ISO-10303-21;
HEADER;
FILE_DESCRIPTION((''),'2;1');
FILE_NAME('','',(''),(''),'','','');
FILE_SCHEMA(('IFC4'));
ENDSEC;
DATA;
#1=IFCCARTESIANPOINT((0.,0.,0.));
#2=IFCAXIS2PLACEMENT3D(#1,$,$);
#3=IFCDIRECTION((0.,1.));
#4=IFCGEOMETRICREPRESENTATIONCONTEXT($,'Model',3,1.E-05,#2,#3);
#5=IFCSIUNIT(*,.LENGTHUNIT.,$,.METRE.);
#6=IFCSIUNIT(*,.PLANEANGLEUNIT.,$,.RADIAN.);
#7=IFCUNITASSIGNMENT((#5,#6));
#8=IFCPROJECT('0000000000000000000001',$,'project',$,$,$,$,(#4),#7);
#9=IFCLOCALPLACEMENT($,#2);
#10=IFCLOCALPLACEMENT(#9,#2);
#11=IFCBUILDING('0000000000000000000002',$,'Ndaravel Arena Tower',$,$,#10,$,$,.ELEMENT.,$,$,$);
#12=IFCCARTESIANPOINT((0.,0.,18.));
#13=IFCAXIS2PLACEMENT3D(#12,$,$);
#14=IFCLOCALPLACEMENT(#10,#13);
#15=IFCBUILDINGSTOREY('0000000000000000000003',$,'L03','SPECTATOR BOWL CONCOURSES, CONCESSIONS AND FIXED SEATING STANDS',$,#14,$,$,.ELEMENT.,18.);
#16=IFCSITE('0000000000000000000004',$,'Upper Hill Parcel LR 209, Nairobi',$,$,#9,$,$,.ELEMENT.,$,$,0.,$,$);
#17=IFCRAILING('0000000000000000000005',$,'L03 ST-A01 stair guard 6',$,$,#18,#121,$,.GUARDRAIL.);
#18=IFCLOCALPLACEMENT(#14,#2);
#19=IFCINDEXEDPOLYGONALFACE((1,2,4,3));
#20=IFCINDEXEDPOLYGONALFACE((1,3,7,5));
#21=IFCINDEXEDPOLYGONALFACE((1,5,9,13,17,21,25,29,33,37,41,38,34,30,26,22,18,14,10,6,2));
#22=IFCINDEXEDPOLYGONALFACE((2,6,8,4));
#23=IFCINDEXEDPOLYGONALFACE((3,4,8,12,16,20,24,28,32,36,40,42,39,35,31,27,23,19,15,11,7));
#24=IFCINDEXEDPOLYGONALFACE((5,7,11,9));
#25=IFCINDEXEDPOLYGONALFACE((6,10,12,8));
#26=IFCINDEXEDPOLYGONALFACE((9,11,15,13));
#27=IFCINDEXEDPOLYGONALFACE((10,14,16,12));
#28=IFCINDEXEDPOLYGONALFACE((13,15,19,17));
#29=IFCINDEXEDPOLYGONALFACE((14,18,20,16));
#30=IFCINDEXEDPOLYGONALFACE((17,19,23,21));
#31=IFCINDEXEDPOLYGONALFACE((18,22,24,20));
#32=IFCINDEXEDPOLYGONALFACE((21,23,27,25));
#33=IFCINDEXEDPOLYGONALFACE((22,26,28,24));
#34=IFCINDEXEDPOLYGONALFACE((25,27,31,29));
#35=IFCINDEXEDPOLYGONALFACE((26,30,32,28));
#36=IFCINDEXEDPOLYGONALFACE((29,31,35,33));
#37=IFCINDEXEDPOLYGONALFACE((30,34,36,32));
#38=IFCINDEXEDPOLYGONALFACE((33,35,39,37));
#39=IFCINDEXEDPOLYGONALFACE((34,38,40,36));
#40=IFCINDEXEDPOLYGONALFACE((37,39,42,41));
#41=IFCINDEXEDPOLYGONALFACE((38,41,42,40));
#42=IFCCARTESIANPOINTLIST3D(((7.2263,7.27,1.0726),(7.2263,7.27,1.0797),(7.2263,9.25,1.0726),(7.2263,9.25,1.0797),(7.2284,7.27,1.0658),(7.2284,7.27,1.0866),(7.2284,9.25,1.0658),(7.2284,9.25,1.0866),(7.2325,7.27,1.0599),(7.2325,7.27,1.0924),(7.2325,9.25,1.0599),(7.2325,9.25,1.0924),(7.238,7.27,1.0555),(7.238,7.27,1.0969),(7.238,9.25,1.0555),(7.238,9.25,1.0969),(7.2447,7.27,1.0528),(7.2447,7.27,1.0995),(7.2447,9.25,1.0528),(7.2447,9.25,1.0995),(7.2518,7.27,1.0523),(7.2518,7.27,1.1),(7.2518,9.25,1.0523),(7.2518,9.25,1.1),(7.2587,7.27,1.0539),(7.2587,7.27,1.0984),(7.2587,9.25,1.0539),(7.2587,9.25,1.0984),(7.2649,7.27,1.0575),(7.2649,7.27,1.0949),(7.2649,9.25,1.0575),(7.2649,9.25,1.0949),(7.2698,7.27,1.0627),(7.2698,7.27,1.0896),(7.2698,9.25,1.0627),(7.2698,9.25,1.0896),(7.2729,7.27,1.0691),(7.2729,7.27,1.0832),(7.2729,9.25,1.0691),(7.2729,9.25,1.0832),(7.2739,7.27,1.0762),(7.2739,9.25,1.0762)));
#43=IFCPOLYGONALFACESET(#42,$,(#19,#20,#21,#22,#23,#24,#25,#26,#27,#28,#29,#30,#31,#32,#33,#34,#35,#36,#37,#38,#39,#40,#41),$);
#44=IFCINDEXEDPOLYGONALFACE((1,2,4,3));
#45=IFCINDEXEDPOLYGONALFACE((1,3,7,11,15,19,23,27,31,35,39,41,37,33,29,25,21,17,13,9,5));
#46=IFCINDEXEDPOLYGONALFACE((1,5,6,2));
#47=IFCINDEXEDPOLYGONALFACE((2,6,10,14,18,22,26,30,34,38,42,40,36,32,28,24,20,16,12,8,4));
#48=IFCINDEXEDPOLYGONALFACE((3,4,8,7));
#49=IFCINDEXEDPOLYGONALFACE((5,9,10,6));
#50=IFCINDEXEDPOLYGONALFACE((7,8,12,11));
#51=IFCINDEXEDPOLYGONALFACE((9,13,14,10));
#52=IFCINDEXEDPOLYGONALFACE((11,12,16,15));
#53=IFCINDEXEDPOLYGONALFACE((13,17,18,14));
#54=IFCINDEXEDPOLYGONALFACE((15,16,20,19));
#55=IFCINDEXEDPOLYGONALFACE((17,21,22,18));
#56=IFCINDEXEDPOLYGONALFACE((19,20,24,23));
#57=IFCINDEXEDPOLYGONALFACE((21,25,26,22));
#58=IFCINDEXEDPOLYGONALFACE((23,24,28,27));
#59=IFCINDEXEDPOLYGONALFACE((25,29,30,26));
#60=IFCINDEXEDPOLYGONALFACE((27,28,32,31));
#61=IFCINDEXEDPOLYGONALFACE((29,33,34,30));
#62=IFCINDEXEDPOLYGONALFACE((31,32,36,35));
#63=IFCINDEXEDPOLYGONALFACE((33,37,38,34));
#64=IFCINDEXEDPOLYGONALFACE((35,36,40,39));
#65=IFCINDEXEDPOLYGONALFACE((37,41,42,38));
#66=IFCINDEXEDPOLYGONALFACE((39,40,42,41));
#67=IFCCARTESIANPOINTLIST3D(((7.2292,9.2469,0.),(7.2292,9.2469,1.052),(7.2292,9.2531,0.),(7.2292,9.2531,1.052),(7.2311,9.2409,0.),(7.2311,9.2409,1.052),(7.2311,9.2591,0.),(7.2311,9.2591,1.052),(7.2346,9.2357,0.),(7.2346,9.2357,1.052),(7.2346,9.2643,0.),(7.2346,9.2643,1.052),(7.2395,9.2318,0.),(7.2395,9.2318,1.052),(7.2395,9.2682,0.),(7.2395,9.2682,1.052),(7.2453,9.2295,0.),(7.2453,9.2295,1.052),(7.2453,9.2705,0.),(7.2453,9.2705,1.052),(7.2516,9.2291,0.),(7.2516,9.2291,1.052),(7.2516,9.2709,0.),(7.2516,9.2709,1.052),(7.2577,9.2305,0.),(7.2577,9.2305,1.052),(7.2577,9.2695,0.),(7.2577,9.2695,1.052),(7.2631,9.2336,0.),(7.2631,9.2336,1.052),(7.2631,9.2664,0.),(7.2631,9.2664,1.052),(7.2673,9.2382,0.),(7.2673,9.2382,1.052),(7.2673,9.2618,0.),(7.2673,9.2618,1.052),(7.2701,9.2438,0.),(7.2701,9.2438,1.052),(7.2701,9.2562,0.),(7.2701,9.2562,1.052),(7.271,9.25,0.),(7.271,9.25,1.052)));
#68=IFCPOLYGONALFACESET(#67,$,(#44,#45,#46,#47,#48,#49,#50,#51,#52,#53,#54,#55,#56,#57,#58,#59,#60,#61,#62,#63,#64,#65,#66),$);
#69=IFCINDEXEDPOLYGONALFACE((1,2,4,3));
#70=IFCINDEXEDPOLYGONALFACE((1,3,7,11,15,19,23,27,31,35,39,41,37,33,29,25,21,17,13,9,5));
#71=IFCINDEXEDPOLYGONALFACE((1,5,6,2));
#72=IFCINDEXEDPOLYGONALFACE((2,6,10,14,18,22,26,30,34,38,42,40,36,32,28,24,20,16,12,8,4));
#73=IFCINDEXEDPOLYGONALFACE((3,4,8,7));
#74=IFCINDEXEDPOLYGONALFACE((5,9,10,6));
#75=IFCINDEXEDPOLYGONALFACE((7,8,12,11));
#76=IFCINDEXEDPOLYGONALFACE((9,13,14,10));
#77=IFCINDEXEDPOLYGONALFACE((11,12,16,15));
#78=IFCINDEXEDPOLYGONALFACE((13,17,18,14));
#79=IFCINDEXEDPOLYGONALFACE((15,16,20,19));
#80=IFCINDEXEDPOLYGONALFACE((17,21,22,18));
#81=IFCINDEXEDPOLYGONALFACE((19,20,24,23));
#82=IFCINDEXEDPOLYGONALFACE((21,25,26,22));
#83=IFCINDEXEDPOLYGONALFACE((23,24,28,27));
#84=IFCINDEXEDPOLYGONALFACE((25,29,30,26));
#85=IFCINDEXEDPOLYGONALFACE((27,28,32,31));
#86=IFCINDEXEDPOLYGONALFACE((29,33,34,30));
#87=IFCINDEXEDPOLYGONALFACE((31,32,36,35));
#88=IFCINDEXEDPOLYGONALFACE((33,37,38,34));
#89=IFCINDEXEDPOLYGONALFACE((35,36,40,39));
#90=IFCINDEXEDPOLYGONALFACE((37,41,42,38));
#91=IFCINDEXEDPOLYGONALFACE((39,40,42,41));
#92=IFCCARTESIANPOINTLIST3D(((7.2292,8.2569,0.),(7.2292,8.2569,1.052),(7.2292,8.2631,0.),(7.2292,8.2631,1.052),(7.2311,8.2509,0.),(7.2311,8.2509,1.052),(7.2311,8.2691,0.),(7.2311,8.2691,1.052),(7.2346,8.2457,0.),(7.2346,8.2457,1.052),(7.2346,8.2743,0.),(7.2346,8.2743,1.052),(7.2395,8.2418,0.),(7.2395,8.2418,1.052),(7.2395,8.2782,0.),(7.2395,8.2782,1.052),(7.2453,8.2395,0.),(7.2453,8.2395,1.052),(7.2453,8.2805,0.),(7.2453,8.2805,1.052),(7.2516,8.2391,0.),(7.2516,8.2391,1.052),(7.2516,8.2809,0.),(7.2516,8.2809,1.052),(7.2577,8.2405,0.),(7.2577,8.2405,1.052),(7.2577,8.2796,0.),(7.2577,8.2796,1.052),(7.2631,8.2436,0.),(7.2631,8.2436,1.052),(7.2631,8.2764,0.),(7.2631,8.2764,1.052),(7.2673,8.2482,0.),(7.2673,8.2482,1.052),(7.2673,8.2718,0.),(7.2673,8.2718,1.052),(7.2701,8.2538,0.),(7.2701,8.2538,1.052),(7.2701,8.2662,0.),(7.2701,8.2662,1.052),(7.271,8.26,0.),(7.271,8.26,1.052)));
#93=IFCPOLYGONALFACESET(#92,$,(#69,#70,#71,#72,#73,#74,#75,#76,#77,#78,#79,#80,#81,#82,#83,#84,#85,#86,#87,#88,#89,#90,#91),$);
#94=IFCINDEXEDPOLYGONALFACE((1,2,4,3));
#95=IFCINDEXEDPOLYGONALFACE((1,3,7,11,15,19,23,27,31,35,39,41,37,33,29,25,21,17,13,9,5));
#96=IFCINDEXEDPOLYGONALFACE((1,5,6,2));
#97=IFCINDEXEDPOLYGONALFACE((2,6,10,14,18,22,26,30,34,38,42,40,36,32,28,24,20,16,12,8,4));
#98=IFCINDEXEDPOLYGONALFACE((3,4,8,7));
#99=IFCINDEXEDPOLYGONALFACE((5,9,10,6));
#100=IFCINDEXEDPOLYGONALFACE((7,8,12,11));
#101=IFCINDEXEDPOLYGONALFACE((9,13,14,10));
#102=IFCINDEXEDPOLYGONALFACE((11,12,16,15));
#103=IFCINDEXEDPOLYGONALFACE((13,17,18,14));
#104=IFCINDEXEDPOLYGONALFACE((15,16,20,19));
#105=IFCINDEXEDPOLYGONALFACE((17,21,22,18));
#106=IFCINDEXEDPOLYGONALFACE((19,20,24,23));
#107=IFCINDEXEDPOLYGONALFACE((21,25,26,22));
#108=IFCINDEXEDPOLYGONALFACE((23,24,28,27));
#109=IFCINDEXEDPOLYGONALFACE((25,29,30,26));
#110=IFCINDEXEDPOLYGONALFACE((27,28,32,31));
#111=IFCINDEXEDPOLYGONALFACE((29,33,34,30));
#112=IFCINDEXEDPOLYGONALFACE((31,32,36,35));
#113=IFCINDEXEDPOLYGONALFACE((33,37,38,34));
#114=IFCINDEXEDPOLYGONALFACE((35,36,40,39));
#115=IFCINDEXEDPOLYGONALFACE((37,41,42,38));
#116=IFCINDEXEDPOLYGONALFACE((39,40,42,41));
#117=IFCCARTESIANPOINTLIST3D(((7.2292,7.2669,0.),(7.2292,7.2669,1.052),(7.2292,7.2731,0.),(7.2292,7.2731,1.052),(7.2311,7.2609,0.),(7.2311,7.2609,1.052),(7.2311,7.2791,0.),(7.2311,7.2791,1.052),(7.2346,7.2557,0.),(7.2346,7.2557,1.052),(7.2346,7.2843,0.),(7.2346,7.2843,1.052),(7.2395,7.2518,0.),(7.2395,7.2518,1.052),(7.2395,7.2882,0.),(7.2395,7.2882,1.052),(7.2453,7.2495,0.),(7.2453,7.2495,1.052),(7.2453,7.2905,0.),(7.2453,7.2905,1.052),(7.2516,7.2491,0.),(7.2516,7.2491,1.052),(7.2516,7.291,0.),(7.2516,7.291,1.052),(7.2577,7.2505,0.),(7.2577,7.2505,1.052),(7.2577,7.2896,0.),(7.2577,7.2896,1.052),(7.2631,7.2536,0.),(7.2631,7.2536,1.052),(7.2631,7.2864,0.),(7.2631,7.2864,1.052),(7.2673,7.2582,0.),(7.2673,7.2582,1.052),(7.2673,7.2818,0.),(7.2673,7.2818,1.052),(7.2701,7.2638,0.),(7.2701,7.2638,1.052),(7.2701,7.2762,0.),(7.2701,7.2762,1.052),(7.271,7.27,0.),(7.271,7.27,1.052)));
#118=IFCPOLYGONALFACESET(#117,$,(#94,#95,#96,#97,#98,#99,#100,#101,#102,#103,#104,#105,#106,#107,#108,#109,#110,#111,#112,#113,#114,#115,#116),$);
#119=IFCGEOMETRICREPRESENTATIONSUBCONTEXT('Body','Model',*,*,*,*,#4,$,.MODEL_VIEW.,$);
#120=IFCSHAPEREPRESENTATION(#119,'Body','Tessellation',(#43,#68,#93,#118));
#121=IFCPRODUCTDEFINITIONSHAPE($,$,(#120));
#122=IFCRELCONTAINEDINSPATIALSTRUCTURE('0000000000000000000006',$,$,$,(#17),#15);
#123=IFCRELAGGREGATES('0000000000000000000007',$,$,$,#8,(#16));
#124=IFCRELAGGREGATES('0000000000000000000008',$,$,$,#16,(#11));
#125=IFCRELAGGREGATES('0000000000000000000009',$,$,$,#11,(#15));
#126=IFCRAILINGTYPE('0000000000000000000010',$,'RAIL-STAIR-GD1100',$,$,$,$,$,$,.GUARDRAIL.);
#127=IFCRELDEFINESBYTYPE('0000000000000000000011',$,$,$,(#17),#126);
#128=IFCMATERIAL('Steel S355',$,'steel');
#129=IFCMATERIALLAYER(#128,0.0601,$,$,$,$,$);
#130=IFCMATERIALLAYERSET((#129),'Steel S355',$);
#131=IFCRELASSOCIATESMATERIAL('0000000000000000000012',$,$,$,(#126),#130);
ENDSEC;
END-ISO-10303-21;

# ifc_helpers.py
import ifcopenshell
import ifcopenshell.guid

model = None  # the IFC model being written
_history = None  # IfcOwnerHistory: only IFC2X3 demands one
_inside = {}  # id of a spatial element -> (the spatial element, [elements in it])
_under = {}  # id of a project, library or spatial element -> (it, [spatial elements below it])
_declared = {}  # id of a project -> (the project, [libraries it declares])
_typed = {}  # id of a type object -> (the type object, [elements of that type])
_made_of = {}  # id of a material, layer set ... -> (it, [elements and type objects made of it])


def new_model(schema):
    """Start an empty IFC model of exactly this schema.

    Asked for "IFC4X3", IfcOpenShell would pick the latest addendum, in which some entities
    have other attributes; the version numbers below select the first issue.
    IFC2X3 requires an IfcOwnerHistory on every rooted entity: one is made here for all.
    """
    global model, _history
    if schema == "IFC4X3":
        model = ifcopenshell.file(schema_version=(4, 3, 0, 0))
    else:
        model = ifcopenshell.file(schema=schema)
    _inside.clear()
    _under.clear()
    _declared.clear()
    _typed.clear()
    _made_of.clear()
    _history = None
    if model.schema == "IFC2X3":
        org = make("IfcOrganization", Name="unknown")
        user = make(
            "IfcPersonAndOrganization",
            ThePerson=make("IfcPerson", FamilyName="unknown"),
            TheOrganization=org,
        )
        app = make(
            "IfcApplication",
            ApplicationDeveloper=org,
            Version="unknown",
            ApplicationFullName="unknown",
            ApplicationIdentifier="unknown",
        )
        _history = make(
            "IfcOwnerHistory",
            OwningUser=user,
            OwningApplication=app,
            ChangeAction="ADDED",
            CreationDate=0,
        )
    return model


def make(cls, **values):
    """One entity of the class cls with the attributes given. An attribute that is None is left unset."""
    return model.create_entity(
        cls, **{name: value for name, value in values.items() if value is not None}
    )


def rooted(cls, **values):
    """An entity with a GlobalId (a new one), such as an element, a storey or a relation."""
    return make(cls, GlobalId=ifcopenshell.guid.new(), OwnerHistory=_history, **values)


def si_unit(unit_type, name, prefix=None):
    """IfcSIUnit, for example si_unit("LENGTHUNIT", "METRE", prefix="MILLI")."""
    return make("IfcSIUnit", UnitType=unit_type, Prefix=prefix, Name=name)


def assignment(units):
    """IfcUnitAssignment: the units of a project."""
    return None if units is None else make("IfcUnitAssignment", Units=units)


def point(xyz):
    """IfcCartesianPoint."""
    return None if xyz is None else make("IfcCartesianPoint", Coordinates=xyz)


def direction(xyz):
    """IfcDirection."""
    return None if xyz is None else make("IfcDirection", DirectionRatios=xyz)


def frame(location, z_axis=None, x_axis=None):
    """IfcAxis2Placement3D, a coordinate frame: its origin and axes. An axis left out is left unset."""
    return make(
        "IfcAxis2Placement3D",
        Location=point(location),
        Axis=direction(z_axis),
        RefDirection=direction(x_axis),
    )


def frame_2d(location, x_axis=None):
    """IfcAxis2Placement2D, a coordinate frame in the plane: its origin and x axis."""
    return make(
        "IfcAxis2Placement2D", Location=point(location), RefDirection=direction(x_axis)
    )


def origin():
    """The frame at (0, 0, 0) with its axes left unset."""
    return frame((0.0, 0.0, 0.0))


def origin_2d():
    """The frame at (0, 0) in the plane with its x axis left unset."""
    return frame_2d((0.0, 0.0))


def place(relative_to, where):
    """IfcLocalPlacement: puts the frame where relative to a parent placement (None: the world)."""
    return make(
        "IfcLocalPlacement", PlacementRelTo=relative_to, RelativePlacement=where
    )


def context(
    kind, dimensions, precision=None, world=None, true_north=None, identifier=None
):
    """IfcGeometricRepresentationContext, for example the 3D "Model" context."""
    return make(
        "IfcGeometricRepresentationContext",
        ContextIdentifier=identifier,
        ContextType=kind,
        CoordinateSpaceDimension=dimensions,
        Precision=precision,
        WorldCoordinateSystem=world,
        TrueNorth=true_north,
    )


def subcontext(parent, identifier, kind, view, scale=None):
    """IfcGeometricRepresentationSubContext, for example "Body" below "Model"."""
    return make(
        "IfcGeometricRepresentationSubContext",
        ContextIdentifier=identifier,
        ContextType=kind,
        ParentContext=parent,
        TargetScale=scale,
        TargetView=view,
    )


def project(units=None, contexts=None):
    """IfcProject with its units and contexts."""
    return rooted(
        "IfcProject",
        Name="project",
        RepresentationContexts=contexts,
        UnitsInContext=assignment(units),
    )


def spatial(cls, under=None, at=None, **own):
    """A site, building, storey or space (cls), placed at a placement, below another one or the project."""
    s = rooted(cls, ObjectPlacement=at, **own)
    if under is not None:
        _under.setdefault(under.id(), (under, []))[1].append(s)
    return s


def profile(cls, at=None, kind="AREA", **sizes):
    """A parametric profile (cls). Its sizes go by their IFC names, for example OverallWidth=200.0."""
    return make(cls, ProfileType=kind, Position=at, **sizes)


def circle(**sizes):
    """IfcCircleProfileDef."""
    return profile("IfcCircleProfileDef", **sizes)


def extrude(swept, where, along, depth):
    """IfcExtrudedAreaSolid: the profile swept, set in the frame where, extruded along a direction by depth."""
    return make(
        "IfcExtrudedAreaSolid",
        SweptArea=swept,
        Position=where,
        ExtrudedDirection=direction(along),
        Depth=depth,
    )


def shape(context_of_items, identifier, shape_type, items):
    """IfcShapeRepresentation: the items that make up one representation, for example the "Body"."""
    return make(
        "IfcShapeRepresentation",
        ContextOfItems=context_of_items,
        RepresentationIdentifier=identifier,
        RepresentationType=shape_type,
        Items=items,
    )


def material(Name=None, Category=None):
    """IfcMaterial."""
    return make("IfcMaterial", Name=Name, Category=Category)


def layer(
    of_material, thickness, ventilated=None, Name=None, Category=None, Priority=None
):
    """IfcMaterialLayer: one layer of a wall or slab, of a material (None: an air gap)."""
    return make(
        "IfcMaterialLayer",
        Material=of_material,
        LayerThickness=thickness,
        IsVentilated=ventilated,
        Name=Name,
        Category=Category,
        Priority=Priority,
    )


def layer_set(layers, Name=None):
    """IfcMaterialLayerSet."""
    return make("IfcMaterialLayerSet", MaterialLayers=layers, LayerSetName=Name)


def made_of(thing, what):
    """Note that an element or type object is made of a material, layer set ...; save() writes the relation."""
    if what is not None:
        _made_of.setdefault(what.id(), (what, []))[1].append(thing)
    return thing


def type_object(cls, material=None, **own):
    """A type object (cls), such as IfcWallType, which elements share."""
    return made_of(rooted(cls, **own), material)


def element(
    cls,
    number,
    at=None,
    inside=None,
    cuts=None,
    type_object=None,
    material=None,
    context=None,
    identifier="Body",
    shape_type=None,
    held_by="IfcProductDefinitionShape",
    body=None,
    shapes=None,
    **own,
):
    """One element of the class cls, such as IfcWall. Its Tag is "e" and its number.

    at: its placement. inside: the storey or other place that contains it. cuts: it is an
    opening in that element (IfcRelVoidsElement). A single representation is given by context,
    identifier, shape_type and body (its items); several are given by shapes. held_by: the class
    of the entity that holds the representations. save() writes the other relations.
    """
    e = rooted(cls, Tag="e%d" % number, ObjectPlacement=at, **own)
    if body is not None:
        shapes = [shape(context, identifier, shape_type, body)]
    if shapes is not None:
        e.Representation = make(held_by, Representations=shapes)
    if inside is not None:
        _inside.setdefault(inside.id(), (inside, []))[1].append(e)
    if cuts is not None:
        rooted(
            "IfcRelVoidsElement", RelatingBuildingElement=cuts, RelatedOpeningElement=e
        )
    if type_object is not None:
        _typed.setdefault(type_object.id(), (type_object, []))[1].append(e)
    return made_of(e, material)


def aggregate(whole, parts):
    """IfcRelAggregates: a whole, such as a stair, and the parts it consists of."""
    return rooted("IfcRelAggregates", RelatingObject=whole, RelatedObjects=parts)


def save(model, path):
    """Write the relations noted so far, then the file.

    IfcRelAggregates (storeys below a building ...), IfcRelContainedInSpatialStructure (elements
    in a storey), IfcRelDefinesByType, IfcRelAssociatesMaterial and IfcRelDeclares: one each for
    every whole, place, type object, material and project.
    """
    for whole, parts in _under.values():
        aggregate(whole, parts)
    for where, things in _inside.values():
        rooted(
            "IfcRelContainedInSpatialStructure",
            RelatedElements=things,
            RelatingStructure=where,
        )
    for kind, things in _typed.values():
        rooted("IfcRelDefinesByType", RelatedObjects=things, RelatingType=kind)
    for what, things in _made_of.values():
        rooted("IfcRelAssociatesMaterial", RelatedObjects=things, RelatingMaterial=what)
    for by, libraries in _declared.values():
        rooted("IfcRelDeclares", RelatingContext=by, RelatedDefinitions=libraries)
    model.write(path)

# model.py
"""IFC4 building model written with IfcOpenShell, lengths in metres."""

from ifc_helpers import new_model, si_unit, direction, frame, origin, origin_2d, place, context, subcontext, project, spatial, circle, extrude, material, layer, layer_set, type_object, element, save


model = new_model("IFC4")

# Units and contexts
model_context = context("Model", 3, precision=1e-05, world=origin(), true_north=direction((0.0, 1.0)))
body_context = subcontext(model_context, "Body", "Model", "MODEL_VIEW")
ifc_project = project(units=[si_unit("LENGTHUNIT", "METRE"), si_unit("PLANEANGLEUNIT", "RADIAN")], contexts=[model_context])

# Site, building, storey
site_placement = place(None, origin())
site = spatial("IfcSite", under=ifc_project, at=site_placement, Name="Upper Hill Parcel LR 209, Nairobi", CompositionType="ELEMENT", RefElevation=0.0)
building_placement = place(site_placement, origin())
building = spatial("IfcBuilding", under=site, at=building_placement, Name="Ndaravel Arena Tower", CompositionType="ELEMENT")
storey_placement = place(building_placement, frame((0.0, 0.0, 18.0)))
storey = spatial("IfcBuildingStorey", under=building, at=storey_placement, Name="L03", Description="SPECTATOR BOWL CONCOURSES, CONCESSIONS AND FIXED SEATING STANDS", CompositionType="ELEMENT", Elevation=18.0)

# Railing
ifc_material_1 = material(Name="Steel S355", Category="steel")
ifc_layer_1 = layer(ifc_material_1, 0.0601)
ifc_layer_set_1 = layer_set([ifc_layer_1], Name="Steel S355")
railing_type_1 = type_object("IfcRailingType", Name="RAIL-STAIR-GD1100", PredefinedType="GUARDRAIL", material=ifc_layer_set_1)
for number, where, name in (
    (1, (7.25, 9.25, 0.0), "L03 ST-A01 stair guard 6"),
):
    element("IfcRailing", number, at=place(storey_placement, frame(where)), inside=storey, type_object=railing_type_1, Name=name, PredefinedType="GUARDRAIL", context=body_context, shape_type="SweptSolid", body=[
        extrude(circle(Radius=0.0239, at=origin_2d()), frame((0.0, 0.0, 1.0762), z_axis=(0.0, -1.0, 0.0), x_axis=(1.0, 0.0, 0.0)), (0.0, 0.0, 1.0), 1.98),
        extrude(circle(Radius=0.021, at=origin_2d()), origin(), (0.0, 0.0, 1.0), 1.052),
        extrude(circle(Radius=0.021, at=origin_2d()), frame((0.0, -0.99, 0.0)), (0.0, 0.0, 1.0), 1.052),
        extrude(circle(Radius=0.021, at=origin_2d()), frame((0.0, -1.98, 0.0)), (0.0, 0.0, 1.0), 1.052),
    ])

save(model, "model.ifc")
